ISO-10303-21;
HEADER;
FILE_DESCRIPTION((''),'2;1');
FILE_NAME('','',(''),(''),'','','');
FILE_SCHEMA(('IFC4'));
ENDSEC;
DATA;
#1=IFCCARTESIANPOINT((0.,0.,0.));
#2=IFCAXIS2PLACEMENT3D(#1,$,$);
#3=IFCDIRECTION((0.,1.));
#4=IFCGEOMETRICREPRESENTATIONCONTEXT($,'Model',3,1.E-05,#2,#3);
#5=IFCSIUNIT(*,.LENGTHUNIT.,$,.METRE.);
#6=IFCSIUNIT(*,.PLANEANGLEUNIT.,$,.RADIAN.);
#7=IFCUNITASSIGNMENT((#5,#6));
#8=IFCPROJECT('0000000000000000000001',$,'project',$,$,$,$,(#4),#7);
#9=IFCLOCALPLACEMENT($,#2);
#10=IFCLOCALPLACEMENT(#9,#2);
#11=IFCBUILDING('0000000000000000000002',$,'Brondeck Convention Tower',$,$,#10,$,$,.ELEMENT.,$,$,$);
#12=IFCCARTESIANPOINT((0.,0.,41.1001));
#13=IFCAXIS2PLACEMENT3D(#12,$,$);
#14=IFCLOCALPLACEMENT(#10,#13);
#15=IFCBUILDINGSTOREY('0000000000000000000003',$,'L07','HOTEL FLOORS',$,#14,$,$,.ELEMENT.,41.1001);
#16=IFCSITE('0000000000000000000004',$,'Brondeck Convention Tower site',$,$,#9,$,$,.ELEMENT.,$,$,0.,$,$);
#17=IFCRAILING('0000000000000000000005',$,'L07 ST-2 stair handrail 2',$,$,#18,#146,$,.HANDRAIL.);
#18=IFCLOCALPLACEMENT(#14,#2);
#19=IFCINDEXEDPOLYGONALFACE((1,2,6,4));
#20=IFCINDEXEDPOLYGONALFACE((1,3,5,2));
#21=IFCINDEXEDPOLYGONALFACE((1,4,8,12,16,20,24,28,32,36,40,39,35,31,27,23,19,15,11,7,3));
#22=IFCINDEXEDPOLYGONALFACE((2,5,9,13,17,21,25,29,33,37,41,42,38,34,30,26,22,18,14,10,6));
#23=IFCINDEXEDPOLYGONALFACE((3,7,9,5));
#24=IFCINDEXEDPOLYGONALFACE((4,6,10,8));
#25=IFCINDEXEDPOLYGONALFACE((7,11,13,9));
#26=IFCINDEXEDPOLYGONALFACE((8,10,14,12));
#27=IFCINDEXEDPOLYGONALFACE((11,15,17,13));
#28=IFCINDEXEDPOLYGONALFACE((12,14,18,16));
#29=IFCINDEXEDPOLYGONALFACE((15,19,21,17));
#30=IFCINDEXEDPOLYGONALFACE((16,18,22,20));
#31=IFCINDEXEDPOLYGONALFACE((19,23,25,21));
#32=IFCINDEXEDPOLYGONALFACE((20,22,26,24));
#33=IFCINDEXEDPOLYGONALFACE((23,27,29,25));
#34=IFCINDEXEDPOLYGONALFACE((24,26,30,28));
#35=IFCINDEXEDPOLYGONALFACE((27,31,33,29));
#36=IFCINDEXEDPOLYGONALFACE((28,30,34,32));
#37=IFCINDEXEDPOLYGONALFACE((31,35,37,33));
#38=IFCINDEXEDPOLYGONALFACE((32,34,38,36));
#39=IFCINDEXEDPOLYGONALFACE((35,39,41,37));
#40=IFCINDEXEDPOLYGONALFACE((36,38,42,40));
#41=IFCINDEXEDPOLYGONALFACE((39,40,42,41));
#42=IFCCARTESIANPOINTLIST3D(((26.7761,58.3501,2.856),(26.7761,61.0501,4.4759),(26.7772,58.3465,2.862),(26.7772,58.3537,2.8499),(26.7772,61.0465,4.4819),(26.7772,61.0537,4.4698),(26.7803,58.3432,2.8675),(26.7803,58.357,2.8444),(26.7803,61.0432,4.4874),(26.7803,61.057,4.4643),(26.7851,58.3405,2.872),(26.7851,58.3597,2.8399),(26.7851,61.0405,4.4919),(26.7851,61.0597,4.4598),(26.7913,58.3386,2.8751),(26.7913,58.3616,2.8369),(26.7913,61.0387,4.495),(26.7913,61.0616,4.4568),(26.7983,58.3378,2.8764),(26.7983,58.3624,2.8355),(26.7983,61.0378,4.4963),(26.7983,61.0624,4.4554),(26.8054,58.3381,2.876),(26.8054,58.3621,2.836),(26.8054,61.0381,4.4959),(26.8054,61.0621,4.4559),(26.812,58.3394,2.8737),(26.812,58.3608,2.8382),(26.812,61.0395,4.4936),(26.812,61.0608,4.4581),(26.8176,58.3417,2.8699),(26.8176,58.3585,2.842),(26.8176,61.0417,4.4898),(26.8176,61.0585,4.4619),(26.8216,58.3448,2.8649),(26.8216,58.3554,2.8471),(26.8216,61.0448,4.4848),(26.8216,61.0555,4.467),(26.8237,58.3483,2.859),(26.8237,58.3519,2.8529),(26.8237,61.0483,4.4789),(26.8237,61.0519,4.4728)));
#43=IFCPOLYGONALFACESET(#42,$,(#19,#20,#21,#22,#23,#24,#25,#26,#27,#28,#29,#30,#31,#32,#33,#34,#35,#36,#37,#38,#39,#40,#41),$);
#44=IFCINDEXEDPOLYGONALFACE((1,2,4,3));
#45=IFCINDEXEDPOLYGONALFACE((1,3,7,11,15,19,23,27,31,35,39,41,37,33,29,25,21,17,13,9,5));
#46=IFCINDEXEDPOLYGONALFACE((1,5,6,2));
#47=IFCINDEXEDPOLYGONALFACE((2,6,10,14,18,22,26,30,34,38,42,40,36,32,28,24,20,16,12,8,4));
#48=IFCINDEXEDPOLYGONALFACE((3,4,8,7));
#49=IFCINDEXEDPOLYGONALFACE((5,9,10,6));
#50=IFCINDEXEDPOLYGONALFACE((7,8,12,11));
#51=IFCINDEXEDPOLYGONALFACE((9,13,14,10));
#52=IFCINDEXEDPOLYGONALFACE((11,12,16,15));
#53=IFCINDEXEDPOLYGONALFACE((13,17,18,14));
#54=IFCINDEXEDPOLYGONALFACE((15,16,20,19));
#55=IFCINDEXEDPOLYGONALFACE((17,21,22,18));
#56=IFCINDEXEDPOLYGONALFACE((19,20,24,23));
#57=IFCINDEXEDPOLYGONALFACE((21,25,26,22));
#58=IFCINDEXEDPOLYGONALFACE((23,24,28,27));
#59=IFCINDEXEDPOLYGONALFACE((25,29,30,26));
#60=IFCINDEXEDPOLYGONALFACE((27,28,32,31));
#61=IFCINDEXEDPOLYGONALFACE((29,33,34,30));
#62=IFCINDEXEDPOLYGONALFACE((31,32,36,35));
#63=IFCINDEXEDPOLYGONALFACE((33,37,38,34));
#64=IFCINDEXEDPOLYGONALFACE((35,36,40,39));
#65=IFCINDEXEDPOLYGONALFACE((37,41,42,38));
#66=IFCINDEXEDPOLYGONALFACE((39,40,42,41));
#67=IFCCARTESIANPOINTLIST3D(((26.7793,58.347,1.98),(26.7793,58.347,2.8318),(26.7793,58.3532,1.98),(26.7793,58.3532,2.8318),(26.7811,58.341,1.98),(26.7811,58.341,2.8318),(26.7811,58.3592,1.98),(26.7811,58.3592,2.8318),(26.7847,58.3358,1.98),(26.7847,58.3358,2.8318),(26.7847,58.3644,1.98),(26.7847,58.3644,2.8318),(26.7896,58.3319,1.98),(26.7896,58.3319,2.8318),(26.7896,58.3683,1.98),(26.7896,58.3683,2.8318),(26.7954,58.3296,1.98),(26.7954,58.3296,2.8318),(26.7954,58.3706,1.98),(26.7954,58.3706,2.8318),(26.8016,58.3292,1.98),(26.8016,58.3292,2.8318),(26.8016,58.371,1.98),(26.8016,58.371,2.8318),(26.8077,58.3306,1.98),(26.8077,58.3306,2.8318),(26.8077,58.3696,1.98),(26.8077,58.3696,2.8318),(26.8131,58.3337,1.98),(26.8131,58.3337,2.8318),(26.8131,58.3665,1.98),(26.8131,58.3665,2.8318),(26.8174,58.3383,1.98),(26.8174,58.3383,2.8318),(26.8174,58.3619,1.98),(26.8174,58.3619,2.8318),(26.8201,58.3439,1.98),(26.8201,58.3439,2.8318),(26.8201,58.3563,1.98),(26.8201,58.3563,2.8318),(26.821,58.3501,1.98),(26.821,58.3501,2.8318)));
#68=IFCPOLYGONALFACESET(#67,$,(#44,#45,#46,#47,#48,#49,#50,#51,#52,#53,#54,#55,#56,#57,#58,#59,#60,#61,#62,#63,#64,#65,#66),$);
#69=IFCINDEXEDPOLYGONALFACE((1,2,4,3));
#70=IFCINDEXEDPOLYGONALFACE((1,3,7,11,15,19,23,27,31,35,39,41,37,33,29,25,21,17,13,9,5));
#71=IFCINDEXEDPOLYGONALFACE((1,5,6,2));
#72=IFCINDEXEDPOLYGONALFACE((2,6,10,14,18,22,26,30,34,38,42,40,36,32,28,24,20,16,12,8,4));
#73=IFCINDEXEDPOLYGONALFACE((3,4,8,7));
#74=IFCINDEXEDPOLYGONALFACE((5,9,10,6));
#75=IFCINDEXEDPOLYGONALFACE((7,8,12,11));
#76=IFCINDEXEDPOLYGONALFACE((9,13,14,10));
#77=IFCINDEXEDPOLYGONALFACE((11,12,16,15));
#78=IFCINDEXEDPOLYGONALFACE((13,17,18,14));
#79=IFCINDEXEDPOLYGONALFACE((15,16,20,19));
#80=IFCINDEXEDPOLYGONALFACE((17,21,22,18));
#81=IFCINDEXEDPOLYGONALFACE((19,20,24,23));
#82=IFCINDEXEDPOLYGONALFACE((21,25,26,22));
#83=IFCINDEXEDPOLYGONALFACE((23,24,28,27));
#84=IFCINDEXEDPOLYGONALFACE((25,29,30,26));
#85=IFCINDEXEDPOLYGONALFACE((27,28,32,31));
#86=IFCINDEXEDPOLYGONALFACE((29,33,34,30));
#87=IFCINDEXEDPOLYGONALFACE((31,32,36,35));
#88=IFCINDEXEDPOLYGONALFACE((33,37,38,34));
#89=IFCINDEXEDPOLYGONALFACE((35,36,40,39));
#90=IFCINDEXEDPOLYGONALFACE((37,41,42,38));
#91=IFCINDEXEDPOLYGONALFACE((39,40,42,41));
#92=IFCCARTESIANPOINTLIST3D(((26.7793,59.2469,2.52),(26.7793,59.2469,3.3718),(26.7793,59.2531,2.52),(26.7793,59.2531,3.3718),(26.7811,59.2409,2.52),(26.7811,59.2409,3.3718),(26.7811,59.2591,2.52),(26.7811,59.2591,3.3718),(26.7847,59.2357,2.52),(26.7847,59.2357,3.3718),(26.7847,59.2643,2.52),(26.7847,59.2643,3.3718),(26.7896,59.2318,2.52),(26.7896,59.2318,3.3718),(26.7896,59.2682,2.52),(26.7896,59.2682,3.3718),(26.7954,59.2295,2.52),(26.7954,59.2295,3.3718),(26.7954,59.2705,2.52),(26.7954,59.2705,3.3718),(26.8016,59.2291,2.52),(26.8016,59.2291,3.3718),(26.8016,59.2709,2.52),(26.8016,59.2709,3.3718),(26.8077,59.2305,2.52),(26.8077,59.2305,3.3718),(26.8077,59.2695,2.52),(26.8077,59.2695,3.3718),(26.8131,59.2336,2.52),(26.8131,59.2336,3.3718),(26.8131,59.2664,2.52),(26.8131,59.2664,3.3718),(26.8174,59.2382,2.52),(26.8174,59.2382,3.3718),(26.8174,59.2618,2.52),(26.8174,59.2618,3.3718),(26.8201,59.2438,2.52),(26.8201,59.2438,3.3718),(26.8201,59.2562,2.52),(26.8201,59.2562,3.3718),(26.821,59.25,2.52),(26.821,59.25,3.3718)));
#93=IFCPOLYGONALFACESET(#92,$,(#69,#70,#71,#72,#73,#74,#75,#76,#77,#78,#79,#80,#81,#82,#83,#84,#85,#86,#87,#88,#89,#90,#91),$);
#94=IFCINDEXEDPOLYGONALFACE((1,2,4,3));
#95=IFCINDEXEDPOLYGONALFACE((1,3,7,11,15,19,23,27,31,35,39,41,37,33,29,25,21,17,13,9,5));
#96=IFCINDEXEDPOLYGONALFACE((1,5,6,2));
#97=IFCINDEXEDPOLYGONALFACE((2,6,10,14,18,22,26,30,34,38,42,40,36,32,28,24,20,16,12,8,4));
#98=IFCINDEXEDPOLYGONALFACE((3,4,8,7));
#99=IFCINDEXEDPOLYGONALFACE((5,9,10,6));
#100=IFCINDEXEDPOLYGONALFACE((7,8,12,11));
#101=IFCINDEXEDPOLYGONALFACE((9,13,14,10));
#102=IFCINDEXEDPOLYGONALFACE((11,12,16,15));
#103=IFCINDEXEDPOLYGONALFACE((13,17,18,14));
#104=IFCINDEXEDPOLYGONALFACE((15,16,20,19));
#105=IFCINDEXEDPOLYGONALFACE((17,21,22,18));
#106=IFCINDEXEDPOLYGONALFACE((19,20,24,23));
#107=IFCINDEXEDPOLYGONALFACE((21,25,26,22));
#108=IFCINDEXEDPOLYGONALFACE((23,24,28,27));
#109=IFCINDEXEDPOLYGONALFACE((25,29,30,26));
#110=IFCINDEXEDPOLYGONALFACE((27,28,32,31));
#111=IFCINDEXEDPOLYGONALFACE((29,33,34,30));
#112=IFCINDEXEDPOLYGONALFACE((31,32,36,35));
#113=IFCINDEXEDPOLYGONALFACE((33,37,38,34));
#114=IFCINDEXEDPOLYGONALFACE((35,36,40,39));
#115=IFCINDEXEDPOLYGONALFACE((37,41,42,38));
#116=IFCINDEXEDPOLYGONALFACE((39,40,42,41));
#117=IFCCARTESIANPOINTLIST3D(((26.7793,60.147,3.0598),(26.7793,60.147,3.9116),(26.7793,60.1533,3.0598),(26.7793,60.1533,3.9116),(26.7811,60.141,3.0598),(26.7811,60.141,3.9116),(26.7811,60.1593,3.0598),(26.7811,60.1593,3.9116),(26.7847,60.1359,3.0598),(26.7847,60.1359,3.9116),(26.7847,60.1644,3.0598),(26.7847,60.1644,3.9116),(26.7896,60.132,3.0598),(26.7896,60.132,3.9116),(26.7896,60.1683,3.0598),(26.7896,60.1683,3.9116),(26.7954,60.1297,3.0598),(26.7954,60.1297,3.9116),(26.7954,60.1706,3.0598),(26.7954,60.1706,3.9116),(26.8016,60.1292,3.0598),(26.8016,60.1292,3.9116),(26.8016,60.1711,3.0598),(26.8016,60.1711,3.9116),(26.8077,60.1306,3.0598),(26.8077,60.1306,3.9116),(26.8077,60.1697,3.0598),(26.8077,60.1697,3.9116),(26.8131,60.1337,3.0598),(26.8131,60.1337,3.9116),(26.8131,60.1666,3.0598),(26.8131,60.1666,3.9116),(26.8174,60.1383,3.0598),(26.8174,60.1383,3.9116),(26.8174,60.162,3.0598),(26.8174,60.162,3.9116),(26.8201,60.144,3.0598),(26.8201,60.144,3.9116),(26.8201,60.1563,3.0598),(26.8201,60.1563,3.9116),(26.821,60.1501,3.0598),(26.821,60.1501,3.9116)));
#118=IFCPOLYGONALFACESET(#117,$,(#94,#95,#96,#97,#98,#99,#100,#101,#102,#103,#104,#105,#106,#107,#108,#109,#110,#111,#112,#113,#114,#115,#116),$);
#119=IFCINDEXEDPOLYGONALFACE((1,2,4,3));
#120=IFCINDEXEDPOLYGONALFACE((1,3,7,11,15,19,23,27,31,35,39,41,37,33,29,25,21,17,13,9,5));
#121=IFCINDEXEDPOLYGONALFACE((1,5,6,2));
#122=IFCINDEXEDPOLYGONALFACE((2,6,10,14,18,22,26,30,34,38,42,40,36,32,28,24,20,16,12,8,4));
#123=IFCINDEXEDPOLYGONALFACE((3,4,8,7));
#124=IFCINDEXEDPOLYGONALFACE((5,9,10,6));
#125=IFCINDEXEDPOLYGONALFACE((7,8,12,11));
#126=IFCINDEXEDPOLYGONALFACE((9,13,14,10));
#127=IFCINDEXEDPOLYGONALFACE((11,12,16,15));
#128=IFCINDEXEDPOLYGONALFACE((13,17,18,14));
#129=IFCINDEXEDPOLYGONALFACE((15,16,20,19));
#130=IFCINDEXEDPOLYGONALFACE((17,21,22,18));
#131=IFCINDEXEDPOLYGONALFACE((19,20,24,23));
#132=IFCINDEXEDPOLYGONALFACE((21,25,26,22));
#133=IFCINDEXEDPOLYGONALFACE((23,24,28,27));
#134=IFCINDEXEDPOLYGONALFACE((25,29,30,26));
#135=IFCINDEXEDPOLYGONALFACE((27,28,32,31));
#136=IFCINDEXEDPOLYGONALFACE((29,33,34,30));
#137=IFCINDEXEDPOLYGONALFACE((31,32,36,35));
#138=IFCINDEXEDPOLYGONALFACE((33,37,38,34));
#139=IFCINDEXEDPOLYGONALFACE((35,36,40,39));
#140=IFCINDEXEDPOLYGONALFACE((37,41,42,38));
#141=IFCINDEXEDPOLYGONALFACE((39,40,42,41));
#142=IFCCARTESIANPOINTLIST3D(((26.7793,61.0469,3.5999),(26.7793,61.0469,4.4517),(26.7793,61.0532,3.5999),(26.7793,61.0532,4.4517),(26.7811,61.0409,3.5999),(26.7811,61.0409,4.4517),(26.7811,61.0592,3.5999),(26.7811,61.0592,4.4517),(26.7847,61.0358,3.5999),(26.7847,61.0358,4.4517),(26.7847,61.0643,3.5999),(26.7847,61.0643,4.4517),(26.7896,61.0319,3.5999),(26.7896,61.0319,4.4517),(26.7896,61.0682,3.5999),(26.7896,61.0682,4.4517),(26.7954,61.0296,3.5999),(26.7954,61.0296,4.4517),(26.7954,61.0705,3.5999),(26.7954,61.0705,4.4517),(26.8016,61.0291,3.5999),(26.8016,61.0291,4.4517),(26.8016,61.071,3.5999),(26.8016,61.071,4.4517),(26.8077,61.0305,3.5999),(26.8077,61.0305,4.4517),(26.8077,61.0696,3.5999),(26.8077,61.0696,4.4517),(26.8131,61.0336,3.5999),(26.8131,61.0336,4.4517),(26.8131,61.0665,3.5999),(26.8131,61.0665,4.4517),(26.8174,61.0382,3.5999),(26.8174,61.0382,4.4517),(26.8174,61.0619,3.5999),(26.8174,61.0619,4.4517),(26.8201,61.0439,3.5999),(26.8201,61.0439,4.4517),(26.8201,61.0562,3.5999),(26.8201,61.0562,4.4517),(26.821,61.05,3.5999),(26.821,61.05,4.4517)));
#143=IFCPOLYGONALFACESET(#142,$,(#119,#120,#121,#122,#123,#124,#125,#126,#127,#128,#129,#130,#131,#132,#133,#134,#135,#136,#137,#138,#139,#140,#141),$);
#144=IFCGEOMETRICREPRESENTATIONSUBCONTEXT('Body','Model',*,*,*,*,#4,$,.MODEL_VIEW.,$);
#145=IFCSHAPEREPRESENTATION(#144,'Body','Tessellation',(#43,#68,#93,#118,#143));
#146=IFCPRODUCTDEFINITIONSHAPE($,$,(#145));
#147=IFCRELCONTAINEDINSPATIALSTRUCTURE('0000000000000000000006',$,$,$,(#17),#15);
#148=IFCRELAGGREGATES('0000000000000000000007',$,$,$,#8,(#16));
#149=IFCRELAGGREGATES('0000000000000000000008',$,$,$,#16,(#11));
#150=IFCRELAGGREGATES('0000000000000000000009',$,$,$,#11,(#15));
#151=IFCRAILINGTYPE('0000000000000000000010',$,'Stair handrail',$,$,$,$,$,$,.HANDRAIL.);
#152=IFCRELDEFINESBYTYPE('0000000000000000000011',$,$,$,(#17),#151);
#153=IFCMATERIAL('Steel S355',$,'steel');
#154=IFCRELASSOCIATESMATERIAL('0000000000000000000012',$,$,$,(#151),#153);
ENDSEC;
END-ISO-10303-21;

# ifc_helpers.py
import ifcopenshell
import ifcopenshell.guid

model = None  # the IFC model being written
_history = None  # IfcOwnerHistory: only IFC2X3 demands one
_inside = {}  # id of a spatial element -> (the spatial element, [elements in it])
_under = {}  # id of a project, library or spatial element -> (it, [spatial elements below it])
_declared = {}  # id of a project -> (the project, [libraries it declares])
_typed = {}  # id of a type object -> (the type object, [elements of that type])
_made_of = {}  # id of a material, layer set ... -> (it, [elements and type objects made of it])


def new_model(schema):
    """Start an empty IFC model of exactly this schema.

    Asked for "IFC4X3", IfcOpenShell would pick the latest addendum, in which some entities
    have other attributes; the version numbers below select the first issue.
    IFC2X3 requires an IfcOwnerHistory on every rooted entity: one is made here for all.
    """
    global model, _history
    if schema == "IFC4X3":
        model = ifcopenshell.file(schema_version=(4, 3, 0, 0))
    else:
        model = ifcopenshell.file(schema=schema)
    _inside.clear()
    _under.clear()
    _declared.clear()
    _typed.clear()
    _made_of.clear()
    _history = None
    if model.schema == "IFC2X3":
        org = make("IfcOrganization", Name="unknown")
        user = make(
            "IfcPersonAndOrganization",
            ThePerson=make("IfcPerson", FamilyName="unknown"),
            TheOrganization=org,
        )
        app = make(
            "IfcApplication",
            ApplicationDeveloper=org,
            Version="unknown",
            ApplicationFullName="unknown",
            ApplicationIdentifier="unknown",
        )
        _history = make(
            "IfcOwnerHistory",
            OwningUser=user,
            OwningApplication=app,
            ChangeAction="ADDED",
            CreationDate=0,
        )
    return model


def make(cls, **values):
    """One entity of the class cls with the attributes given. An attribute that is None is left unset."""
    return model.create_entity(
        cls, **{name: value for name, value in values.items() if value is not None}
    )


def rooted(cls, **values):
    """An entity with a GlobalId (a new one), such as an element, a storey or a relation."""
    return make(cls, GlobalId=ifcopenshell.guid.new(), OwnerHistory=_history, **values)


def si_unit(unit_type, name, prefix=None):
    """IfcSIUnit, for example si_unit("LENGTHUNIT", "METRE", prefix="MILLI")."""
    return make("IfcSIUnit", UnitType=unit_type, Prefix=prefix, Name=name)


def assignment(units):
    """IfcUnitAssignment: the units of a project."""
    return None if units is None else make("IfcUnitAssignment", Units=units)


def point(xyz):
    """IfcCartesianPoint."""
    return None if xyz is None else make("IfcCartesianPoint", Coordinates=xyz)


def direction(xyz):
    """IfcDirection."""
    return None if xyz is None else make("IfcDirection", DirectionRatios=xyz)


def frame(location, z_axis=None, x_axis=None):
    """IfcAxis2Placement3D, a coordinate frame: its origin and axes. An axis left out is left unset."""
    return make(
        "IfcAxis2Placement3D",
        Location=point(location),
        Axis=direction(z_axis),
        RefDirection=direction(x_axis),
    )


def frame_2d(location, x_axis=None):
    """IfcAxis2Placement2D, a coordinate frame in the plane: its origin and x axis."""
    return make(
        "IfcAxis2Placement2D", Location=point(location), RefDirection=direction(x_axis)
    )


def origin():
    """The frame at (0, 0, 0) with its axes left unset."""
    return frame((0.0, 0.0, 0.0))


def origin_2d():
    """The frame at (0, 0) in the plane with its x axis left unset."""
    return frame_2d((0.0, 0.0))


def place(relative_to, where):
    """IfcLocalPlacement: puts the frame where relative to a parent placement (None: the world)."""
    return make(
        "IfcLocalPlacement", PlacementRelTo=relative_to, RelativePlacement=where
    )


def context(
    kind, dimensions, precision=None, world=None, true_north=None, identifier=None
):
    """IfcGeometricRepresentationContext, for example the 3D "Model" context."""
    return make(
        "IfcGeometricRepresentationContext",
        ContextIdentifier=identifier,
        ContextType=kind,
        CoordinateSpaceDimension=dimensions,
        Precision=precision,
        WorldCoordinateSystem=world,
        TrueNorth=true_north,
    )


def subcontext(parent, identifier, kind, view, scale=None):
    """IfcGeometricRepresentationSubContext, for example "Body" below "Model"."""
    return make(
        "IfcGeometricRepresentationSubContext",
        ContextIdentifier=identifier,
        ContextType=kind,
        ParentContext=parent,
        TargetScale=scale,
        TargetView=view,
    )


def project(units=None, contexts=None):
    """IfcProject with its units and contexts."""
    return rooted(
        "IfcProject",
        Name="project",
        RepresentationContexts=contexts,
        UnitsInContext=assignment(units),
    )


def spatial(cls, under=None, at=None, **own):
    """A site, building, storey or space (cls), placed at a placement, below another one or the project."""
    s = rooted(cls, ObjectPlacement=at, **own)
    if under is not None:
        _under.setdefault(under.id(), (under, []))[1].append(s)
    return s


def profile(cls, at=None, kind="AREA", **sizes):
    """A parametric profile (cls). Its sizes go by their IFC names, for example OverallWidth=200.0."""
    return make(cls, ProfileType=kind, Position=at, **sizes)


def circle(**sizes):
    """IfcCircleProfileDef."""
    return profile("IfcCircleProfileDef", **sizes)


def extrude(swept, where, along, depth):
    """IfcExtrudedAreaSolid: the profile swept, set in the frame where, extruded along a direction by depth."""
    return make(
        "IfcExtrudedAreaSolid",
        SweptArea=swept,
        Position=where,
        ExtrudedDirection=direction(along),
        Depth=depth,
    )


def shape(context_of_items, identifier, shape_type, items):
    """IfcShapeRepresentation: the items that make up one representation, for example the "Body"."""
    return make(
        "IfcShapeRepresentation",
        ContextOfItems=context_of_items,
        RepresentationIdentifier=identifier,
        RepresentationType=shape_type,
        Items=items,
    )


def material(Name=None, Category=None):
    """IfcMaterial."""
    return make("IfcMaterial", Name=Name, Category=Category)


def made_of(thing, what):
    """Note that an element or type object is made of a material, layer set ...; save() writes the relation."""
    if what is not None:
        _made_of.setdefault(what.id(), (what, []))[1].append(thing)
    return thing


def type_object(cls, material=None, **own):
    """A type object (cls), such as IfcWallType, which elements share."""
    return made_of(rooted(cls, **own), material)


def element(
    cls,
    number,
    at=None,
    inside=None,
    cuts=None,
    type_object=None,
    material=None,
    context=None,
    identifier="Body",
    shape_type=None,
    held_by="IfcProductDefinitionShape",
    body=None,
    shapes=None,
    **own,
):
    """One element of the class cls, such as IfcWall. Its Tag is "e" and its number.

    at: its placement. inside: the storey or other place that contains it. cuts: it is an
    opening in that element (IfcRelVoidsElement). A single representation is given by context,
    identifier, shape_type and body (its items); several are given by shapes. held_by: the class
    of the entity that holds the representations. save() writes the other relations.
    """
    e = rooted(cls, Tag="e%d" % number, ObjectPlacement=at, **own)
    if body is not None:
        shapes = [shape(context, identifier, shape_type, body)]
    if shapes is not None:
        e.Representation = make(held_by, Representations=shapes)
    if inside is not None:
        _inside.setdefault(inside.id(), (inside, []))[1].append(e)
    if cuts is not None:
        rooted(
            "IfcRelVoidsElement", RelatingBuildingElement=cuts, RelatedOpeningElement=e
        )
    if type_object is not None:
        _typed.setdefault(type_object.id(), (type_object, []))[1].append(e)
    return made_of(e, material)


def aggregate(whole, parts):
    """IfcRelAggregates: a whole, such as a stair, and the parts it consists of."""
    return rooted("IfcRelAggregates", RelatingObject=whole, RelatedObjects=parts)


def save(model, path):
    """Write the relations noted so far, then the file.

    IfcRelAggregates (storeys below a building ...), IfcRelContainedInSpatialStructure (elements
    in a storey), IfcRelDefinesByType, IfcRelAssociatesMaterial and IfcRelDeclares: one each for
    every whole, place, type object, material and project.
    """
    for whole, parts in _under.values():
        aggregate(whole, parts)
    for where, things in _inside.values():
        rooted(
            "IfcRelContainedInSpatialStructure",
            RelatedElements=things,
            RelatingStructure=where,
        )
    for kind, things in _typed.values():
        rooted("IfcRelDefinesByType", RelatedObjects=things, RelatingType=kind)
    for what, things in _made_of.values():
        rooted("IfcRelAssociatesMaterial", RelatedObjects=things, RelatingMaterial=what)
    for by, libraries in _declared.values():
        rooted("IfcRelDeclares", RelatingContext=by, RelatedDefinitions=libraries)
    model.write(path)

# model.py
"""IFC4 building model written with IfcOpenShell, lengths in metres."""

from ifc_helpers import new_model, si_unit, direction, frame, origin, origin_2d, place, context, subcontext, project, spatial, circle, extrude, material, type_object, element, save


model = new_model("IFC4")

# Units and contexts
model_context = context("Model", 3, precision=1e-05, world=origin(), true_north=direction((0.0, 1.0)))
body_context = subcontext(model_context, "Body", "Model", "MODEL_VIEW")
ifc_project = project(units=[si_unit("LENGTHUNIT", "METRE"), si_unit("PLANEANGLEUNIT", "RADIAN")], contexts=[model_context])

# Site, building, storey
site_placement = place(None, origin())
site = spatial("IfcSite", under=ifc_project, at=site_placement, Name="Brondeck Convention Tower site", CompositionType="ELEMENT", RefElevation=0.0)
building_placement = place(site_placement, origin())
building = spatial("IfcBuilding", under=site, at=building_placement, Name="Brondeck Convention Tower", CompositionType="ELEMENT")
storey_placement = place(building_placement, frame((0.0, 0.0, 41.1001)))
storey = spatial("IfcBuildingStorey", under=building, at=storey_placement, Name="L07", Description="HOTEL FLOORS", CompositionType="ELEMENT", Elevation=41.1001)

# Railing
ifc_material_1 = material(Name="Steel S355", Category="steel")
railing_type_1 = type_object("IfcRailingType", Name="Stair handrail", PredefinedType="HANDRAIL", material=ifc_material_1)
railing_1_placement = place(storey_placement, frame((26.8, 58.3501, 1.98)))
element("IfcRailing", 1, at=railing_1_placement, inside=storey, type_object=railing_type_1, Name="L07 ST-2 stair handrail 2", PredefinedType="HANDRAIL", context=body_context, shape_type="SweptSolid", body=[
    extrude(circle(Radius=0.0239, at=origin_2d()), frame((0.0, 0.0, 0.876), z_axis=(0.0, 0.857507, 0.514473), x_axis=(-1.0, 0.0, 0.0)), (0.0, 0.0, 1.0), 3.1487),
    extrude(circle(Radius=0.021, at=origin_2d()), origin(), (0.0, 0.0, 1.0), 0.8518),
    extrude(circle(Radius=0.021, at=origin_2d()), frame((0.0, 0.8999, 0.54)), (0.0, 0.0, 1.0), 0.8518),
    extrude(circle(Radius=0.021, at=origin_2d()), frame((0.0, 1.8, 1.0798)), (0.0, 0.0, 1.0), 0.8518),
    extrude(circle(Radius=0.021, at=origin_2d()), frame((0.0, 2.7, 1.6199)), (0.0, 0.0, 1.0), 0.8518),
])

save(model, "model.ifc")
